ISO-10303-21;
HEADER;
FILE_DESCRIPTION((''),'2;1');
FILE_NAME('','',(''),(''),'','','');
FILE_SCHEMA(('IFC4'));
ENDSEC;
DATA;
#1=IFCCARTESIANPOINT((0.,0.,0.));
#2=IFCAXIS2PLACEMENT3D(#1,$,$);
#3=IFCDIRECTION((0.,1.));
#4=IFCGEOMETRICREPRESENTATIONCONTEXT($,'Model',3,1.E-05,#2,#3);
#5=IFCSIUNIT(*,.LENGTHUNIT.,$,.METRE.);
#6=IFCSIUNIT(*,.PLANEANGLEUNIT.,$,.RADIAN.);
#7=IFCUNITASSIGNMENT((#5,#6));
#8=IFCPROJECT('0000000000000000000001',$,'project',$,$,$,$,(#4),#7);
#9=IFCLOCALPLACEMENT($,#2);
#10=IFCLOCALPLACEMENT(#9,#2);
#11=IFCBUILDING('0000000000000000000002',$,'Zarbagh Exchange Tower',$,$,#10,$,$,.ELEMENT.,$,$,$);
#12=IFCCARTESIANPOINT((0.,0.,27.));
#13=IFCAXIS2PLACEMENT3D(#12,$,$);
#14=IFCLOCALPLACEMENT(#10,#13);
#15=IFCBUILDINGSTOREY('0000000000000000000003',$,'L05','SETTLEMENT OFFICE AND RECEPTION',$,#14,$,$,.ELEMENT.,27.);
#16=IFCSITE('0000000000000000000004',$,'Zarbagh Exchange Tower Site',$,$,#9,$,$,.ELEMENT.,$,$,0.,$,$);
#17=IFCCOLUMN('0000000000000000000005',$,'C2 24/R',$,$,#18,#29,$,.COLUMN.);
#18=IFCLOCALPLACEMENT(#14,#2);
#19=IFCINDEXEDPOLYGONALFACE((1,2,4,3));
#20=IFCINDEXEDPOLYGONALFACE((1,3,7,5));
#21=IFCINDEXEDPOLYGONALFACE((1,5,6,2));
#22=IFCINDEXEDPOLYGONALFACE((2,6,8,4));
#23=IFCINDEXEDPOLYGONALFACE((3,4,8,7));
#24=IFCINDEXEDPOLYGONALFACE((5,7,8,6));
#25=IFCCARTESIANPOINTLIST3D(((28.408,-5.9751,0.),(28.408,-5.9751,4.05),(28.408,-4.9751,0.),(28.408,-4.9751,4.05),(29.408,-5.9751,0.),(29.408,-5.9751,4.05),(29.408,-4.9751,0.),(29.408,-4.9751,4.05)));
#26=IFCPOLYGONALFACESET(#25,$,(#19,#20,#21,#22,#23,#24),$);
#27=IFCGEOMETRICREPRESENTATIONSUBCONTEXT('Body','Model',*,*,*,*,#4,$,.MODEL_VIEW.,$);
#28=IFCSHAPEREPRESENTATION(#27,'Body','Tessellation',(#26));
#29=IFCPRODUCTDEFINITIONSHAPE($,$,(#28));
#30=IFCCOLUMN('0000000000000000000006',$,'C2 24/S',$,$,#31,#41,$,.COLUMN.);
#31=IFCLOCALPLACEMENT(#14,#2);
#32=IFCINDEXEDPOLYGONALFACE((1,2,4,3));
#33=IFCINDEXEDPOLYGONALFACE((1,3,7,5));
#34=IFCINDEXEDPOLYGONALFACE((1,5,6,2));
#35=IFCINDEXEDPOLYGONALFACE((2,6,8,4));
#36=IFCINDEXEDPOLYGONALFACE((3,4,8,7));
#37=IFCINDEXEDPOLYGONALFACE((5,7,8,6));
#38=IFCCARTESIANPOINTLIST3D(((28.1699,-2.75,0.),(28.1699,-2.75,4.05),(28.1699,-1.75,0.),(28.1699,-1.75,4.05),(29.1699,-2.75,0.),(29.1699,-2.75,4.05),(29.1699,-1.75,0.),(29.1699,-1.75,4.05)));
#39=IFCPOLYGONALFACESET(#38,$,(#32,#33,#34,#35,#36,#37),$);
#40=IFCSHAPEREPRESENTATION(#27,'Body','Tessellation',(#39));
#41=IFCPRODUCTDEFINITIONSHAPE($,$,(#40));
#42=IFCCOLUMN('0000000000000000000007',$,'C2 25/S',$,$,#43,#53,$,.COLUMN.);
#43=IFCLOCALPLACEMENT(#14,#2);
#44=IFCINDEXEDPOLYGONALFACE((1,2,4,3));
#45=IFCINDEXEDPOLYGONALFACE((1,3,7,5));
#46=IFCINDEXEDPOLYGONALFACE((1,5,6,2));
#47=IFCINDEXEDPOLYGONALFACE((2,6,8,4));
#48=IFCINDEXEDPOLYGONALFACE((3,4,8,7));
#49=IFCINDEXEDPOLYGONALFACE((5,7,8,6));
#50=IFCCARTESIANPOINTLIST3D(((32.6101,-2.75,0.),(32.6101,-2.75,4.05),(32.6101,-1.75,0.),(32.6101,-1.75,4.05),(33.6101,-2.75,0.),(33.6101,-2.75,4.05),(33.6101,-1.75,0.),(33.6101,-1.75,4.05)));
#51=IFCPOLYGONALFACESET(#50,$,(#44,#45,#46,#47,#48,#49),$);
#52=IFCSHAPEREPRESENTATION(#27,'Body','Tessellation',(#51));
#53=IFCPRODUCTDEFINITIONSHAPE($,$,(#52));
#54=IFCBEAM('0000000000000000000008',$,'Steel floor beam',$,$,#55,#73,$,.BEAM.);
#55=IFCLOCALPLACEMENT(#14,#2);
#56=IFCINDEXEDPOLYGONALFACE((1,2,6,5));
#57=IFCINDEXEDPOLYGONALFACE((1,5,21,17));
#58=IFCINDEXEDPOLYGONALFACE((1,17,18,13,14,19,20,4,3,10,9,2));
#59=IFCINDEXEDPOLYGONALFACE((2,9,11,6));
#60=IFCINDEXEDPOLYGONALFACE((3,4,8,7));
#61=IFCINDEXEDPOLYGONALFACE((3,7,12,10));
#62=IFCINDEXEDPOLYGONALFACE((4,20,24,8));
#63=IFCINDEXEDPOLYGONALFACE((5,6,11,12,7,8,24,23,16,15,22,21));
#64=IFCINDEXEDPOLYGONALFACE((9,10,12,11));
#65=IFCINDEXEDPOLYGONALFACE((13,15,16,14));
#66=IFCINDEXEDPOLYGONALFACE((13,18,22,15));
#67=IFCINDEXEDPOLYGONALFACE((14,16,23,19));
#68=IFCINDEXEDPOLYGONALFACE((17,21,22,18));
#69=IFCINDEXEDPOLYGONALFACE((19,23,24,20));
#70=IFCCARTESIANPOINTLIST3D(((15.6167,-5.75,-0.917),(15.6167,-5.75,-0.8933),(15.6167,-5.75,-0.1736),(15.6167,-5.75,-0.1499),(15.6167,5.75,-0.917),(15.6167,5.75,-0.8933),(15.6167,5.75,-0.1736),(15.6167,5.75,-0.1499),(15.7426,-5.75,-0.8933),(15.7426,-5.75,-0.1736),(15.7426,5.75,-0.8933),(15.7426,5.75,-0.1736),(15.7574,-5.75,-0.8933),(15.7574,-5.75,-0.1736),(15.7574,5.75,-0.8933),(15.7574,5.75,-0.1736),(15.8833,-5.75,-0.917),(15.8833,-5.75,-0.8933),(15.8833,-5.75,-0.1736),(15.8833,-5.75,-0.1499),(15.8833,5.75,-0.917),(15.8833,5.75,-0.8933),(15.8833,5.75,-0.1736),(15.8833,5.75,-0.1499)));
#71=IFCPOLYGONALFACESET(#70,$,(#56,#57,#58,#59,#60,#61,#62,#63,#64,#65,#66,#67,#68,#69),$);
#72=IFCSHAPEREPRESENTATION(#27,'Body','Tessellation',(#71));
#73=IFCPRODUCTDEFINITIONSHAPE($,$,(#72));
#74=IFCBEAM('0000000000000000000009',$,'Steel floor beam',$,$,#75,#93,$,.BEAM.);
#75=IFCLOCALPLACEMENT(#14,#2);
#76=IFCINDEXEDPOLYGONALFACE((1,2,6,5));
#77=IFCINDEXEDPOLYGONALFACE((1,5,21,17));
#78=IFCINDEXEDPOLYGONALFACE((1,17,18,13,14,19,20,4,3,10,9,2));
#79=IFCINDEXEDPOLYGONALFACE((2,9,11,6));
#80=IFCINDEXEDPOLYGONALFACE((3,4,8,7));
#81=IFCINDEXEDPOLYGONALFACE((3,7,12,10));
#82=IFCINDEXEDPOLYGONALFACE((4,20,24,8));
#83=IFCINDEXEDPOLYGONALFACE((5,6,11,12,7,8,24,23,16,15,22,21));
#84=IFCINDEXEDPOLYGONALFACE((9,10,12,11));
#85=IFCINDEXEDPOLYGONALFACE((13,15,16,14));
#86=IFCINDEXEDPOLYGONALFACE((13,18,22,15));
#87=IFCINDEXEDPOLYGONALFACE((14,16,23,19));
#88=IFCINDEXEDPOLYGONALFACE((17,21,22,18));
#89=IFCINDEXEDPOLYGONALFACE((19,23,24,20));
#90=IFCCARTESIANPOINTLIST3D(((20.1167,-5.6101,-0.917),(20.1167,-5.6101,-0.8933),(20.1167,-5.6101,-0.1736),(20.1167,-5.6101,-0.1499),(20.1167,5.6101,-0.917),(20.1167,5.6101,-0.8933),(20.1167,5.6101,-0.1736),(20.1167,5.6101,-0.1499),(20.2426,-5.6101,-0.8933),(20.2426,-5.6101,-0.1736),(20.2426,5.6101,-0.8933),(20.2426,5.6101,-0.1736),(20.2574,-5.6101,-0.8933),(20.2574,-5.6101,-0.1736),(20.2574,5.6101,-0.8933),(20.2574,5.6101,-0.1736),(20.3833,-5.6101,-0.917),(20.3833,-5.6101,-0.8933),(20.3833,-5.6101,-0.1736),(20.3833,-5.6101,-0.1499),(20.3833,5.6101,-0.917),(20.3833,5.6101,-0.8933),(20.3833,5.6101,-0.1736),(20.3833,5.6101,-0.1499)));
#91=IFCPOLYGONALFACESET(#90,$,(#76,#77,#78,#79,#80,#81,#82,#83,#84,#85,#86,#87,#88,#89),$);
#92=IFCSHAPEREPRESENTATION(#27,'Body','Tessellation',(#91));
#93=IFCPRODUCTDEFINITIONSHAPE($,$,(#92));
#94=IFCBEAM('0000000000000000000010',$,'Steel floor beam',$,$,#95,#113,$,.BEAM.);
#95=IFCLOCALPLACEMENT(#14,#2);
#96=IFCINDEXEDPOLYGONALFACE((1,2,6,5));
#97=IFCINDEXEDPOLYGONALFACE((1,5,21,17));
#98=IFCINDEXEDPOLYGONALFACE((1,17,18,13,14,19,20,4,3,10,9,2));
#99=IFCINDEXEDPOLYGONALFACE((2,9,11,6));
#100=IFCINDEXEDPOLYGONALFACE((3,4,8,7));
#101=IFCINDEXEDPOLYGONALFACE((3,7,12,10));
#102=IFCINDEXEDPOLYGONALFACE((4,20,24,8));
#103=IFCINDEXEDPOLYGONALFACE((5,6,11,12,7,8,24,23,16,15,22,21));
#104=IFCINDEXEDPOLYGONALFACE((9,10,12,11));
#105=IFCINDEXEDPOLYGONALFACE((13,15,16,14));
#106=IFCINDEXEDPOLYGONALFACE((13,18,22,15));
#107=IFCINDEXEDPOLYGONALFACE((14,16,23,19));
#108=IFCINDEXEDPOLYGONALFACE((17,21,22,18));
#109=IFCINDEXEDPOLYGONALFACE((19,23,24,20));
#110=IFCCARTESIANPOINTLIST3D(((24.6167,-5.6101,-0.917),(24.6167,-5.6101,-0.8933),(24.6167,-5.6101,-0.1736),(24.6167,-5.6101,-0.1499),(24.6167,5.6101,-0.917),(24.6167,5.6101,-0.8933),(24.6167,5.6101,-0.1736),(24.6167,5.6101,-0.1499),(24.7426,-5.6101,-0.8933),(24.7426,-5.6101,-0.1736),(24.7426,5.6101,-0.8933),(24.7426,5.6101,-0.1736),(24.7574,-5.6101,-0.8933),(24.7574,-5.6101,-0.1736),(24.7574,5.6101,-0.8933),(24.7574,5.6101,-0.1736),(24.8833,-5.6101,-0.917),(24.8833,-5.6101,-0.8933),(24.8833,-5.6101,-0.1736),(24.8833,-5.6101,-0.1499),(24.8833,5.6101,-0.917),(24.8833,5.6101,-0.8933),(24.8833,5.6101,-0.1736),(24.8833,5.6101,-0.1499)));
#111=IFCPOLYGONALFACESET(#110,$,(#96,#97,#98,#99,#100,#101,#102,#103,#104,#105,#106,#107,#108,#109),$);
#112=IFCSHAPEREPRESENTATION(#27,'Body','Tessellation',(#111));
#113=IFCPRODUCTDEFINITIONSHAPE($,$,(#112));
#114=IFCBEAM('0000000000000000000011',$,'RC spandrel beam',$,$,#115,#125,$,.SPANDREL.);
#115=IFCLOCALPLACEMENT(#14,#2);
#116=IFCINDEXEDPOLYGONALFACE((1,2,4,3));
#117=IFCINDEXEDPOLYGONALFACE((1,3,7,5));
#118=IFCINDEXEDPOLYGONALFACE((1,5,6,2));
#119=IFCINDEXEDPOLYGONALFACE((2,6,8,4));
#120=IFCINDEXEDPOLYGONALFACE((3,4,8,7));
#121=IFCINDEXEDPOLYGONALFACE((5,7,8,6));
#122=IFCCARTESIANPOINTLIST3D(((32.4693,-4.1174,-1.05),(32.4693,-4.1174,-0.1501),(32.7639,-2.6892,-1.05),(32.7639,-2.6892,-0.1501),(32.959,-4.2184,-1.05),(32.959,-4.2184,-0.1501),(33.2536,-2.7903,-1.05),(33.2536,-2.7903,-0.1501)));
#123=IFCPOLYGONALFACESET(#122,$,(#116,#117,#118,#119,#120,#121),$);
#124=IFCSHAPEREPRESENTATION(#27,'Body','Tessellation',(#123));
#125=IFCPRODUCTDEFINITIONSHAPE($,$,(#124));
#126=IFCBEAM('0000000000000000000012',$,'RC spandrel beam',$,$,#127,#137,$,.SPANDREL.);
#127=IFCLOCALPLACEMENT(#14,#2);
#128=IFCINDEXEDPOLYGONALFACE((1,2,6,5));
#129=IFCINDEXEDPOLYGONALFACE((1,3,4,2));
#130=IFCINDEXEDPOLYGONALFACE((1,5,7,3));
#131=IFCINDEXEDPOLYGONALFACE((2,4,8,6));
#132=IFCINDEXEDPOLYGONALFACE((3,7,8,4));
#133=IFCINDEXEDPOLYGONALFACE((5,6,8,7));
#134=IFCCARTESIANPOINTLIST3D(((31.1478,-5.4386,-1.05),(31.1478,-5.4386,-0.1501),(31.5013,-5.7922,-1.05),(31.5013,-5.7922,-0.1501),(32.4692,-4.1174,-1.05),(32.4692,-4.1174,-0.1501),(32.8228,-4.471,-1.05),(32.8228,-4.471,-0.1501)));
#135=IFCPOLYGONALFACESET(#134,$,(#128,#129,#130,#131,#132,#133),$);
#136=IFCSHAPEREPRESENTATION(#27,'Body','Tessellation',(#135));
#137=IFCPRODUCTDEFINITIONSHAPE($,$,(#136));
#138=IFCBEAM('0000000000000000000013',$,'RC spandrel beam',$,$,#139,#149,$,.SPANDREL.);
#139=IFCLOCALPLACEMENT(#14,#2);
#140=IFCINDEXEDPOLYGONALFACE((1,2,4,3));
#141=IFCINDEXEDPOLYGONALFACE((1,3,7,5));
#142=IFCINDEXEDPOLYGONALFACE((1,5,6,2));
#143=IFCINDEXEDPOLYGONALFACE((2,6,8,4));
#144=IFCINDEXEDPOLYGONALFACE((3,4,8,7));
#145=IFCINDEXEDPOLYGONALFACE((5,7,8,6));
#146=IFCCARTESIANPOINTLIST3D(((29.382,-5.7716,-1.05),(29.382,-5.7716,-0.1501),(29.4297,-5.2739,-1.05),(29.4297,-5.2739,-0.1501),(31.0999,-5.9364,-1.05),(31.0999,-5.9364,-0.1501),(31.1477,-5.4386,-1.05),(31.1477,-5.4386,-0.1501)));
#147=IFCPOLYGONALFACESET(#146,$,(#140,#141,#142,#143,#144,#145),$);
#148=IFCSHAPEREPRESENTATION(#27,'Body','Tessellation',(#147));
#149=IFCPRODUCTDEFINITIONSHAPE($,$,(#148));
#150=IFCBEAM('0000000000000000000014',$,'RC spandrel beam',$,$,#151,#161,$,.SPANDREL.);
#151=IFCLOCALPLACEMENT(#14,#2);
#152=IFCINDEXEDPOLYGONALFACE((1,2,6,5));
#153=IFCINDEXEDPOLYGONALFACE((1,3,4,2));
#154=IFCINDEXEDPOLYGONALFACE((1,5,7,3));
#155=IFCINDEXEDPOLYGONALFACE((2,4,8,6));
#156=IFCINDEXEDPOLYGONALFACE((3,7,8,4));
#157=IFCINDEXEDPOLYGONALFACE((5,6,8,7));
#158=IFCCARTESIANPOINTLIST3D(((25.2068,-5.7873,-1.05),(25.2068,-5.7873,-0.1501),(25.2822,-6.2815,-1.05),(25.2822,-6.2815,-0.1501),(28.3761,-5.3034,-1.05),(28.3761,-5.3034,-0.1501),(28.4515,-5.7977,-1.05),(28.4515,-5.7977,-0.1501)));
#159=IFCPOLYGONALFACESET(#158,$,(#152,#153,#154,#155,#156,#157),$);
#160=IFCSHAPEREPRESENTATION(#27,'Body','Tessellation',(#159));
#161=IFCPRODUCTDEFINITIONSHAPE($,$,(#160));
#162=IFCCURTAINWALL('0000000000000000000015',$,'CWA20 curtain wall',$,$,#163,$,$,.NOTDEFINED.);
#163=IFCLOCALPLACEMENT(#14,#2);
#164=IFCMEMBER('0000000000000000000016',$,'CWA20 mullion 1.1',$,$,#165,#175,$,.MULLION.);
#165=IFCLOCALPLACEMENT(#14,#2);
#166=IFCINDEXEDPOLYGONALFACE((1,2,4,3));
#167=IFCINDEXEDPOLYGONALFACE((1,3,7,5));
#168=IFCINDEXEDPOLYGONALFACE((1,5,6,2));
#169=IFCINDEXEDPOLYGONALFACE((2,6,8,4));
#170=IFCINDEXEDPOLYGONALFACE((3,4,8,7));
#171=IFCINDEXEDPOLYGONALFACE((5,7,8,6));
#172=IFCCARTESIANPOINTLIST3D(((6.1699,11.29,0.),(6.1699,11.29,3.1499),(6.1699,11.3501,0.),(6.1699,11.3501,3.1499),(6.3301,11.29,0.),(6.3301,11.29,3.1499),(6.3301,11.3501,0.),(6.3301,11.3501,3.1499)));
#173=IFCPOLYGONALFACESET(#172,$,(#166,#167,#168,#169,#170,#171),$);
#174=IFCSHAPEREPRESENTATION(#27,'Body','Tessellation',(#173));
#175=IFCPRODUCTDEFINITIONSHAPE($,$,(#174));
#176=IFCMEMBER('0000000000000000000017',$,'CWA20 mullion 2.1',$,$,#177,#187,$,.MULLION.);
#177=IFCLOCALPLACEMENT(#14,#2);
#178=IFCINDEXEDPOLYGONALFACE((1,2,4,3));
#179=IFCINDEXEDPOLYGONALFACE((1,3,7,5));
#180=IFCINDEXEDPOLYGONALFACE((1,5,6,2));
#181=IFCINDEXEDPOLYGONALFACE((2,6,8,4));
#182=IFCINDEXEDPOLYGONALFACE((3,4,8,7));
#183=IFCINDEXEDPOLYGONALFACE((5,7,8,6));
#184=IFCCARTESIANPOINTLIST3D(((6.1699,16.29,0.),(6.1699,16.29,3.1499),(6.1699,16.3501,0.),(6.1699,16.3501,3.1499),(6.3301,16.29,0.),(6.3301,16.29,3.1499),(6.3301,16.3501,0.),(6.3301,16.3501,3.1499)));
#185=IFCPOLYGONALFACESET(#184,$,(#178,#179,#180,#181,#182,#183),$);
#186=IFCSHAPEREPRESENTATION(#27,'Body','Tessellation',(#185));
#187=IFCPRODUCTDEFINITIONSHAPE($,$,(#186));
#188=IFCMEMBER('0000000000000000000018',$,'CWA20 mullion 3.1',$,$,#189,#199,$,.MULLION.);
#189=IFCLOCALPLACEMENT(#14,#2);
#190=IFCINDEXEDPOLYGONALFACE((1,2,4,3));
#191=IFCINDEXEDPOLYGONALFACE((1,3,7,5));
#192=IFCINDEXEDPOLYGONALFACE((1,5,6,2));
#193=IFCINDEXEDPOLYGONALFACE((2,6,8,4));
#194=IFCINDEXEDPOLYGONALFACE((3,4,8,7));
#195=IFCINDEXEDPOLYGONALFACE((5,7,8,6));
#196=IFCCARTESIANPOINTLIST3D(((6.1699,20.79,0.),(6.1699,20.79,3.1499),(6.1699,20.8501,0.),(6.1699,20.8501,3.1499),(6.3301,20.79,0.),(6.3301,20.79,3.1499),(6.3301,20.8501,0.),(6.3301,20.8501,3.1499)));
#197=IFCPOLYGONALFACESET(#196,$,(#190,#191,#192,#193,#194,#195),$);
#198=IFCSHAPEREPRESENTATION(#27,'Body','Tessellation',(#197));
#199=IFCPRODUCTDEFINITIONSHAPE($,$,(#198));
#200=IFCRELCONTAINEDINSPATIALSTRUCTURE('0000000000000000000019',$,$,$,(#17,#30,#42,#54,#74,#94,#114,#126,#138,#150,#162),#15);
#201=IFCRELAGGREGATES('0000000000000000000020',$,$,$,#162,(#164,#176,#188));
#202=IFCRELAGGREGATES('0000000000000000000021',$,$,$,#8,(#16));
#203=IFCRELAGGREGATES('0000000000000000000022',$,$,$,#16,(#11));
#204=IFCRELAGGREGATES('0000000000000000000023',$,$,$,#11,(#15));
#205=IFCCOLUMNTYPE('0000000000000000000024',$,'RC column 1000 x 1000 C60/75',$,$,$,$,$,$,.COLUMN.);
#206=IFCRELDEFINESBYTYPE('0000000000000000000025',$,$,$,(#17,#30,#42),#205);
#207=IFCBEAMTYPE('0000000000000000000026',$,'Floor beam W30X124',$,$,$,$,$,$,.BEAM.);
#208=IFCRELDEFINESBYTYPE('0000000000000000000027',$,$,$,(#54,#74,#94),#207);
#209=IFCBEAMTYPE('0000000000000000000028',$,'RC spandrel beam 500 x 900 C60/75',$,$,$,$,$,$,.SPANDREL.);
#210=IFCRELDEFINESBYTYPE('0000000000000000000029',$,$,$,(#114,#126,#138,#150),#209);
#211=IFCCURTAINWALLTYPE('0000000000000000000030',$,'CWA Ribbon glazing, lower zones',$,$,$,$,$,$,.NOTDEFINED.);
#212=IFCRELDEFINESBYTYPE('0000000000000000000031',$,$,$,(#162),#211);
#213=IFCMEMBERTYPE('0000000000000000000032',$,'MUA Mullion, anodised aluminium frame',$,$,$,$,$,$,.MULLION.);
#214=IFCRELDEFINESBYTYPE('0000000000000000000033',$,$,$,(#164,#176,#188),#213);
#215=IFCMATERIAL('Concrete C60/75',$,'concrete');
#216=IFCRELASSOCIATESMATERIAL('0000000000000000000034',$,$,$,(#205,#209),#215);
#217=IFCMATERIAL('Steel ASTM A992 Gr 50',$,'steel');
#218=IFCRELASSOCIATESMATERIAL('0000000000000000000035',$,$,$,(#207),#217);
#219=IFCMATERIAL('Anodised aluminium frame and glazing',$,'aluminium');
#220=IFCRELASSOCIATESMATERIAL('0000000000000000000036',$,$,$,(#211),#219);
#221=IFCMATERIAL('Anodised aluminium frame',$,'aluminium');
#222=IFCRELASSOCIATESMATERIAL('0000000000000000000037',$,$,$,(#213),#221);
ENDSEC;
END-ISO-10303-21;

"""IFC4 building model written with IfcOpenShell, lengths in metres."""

from ifc_helpers import new_model, si_unit, direction, frame, origin, origin_2d, place, context, subcontext, project, spatial, polyline, rectangle, i_section, outline, extrude, source, transform, mapped, material, material_profile, profile_set, type_object, element, aggregate, save


model = new_model("IFC4")

# Units and contexts
model_context = context("Model", 3, precision=1e-05, world=origin(), true_north=direction((0.0, 1.0)))
body_context = subcontext(model_context, "Body", "Model", "MODEL_VIEW")
ifc_project = project(units=[si_unit("LENGTHUNIT", "METRE"), si_unit("PLANEANGLEUNIT", "RADIAN")], contexts=[model_context])

# Site, building, storey
site_placement = place(None, origin())
site = spatial("IfcSite", under=ifc_project, at=site_placement, Name="Zarbagh Exchange Tower Site", CompositionType="ELEMENT", RefElevation=0.0)
building_placement = place(site_placement, origin())
building = spatial("IfcBuilding", under=site, at=building_placement, Name="Zarbagh Exchange Tower", CompositionType="ELEMENT")
storey_placement = place(building_placement, frame((0.0, 0.0, 27.0)))
storey = spatial("IfcBuildingStorey", under=building, at=storey_placement, Name="L05", Description="SETTLEMENT OFFICE AND RECEPTION", CompositionType="ELEMENT", Elevation=27.0)

# Columns
ifc_material_1 = material(Name="Concrete C60/75", Category="concrete")
ifc_material_profile_1 = material_profile(ifc_material_1, rectangle(XDim=1.0, YDim=1.0, at=origin_2d()), Name="RC column 1000 x 1000 C60/75")
ifc_profile_set_1 = profile_set([ifc_material_profile_1], Name="Concrete C60/75")
column_type = type_object("IfcColumnType", Name="RC column 1000 x 1000 C60/75", PredefinedType="COLUMN", material=ifc_profile_set_1)
for number, where, z_axis, x_axis, name in (
    (1, (28.908, -5.4751, 0.0), (0.0, 0.0, 1.0), (1.0, 0.0, 0.0), "C2 24/R"),
    (2, (28.6699, -2.25, 0.0), (0.0, 0.0, 1.0), (1.0, 0.0, 0.0), "C2 24/S"),
    (3, (33.1101, -2.25, 0.0), (0.0, 0.0, 1.0), (1.0, 0.0, 0.0), "C2 25/S"),
):
    element("IfcColumn", number, at=place(storey_placement, frame(where, z_axis=z_axis, x_axis=x_axis)), inside=storey, type_object=column_type, Name=name, PredefinedType="COLUMN", context=body_context, shape_type="SweptSolid", body=[
        extrude(rectangle(XDim=1.0, YDim=1.0, at=origin_2d()), origin(), (0.0, 0.0, 1.0), 4.05),
    ])

# Beams
ifc_material_2 = material(Name="Steel ASTM A992 Gr 50", Category="steel")
ifc_material_profile_2 = material_profile(ifc_material_2, i_section(OverallWidth=0.2666, OverallDepth=0.7671, WebThickness=0.0149, FlangeThickness=0.0237, at=origin_2d()), Name="W30X124")
ifc_profile_set_2 = profile_set([ifc_material_profile_2], Name="Steel ASTM A992 Gr 50")
beam_type_1 = type_object("IfcBeamType", Name="Floor beam W30X124", PredefinedType="BEAM", material=ifc_profile_set_2)
beam_1_placement = place(storey_placement, frame((15.75, -5.75, -0.5334), z_axis=(0.0, 1.0, 0.0), x_axis=(-1.0, 0.0, 0.0)))
element("IfcBeam", 4, at=beam_1_placement, inside=storey, type_object=beam_type_1, Name="Steel floor beam", PredefinedType="BEAM", context=body_context, shape_type="SweptSolid", body=[
    extrude(i_section(OverallWidth=0.2666, OverallDepth=0.7671, WebThickness=0.0149, FlangeThickness=0.0237, at=origin_2d()), origin(), (0.0, 0.0, 1.0), 11.5),
])
for number, where, z_axis, x_axis, name in (
    (5, (20.25, -5.6101, -0.5334), (0.0, 1.0, 0.0), (-1.0, 0.0, 0.0), "Steel floor beam"),
    (6, (24.75, -5.6101, -0.5334), (0.0, 1.0, 0.0), (-1.0, 0.0, 0.0), "Steel floor beam"),
):
    element("IfcBeam", number, at=place(storey_placement, frame(where, z_axis=z_axis, x_axis=x_axis)), inside=storey, type_object=beam_type_1, Name=name, PredefinedType="BEAM", context=body_context, shape_type="SweptSolid", body=[
        extrude(i_section(OverallWidth=0.2666, OverallDepth=0.7671, WebThickness=0.0149, FlangeThickness=0.0237, at=origin_2d()), origin(), (0.0, 0.0, 1.0), 11.2202),
    ])
ifc_material_profile_3 = material_profile(ifc_material_1, rectangle(XDim=0.5, YDim=0.8999, at=origin_2d()), Name="RC spandrel beam 500 x 900 C60/75")
ifc_profile_set_3 = profile_set([ifc_material_profile_3], Name="Concrete C60/75")
beam_type_2 = type_object("IfcBeamType", Name="RC spandrel beam 500 x 900 C60/75", PredefinedType="SPANDREL", material=ifc_profile_set_3)
beam_2_placement = place(storey_placement, frame((33.0088, -2.7397, -0.6001), z_axis=(-0.202069, -0.979371, 0.0), x_axis=(0.979371, -0.202069, 0.0)))
element("IfcBeam", 7, at=beam_2_placement, inside=storey, type_object=beam_type_2, Name="RC spandrel beam", PredefinedType="SPANDREL", context=body_context, shape_type="SweptSolid", body=[
    extrude(rectangle(XDim=0.5, YDim=0.8999, at=origin_2d()), origin(), (0.0, 0.0, 1.0), 1.4583),
])
beam_3_placement = place(storey_placement, frame((32.646, -4.2942, -0.6001), z_axis=(-0.707172, -0.707041, 0.0), x_axis=(0.707041, -0.707172, 0.0)))
element("IfcBeam", 8, at=beam_3_placement, inside=storey, type_object=beam_type_2, Name="RC spandrel beam", PredefinedType="SPANDREL", context=body_context, shape_type="SweptSolid", body=[
    extrude(rectangle(XDim=0.5, YDim=0.8999, at=origin_2d()), origin(), (0.0, 0.0, 1.0), 1.8687),
])
beam_4_placement = place(storey_placement, frame((31.1238, -5.6875, -0.6001), z_axis=(-0.995431, 0.095483, 0.0), x_axis=(-0.095483, -0.995431, 0.0)))
element("IfcBeam", 9, at=beam_4_placement, inside=storey, type_object=beam_type_2, Name="RC spandrel beam", PredefinedType="SPANDREL", context=body_context, shape_type="SweptSolid", body=[
    extrude(rectangle(XDim=0.5, YDim=0.8999, at=origin_2d()), origin(), (0.0, 0.0, 1.0), 1.7258),
])
beam_5_placement = place(storey_placement, frame((28.4138, -5.5505, -0.6001), z_axis=(-0.988545, -0.150924, 0.0), x_axis=(0.150924, -0.988545, 0.0)))
element("IfcBeam", 10, at=beam_5_placement, inside=storey, type_object=beam_type_2, Name="RC spandrel beam", PredefinedType="SPANDREL", context=body_context, shape_type="SweptSolid", body=[
    extrude(rectangle(XDim=0.5, YDim=0.8999, at=origin_2d()), origin(), (0.0, 0.0, 1.0), 3.2061),
])

# Curtain wall, members
ifc_material_3 = material(Name="Anodised aluminium frame and glazing", Category="aluminium")
curtain_wall_type = type_object("IfcCurtainWallType", Name="CWA Ribbon glazing, lower zones", PredefinedType="NOTDEFINED", material=ifc_material_3)
curtain_wall_1_placement = place(storey_placement, origin())
curtain_wall_1 = element("IfcCurtainWall", 11, at=curtain_wall_1_placement, inside=storey, type_object=curtain_wall_type, Name="CWA20 curtain wall", PredefinedType="NOTDEFINED")
ifc_material_4 = material(Name="Anodised aluminium frame", Category="aluminium")
member_type_1 = type_object("IfcMemberType", Name="MUA Mullion, anodised aluminium frame", PredefinedType="MULLION", material=ifc_material_4)
shared_shape_1 = source(origin(), body_context, "Body", "SweptSolid", [
    extrude(outline(polyline([(0.0, -0.0801), (0.0601, -0.0801), (0.0601, 0.0801), (0.0, 0.0801), (0.0, -0.0801)])), origin(), (0.0, 0.0, 1.0), 3.1499),
])
placement = place(storey_placement, origin())
member_1 = element("IfcMember", 12, at=placement, type_object=member_type_1, Name="CWA20 mullion 1.1", PredefinedType="MULLION", context=body_context, shape_type="MappedRepresentation", body=[
    mapped(shared_shape_1, transform((6.25, 11.29, 0.0), x_axis=(0.0, 1.0, 0.0), y_axis=(-1.0, 0.0, 0.0), z_axis=(0.0, 0.0, 1.0))),
])
member_2 = element("IfcMember", 13, at=placement, type_object=member_type_1, Name="CWA20 mullion 2.1", PredefinedType="MULLION", context=body_context, shape_type="MappedRepresentation", body=[
    mapped(shared_shape_1, transform((6.25, 16.29, 0.0), x_axis=(0.0, 1.0, 0.0), y_axis=(-1.0, 0.0, 0.0), z_axis=(0.0, 0.0, 1.0))),
])
member_3 = element("IfcMember", 14, at=placement, type_object=member_type_1, Name="CWA20 mullion 3.1", PredefinedType="MULLION", context=body_context, shape_type="MappedRepresentation", body=[
    mapped(shared_shape_1, transform((6.25, 20.79, 0.0), x_axis=(0.0, 1.0, 0.0), y_axis=(-1.0, 0.0, 0.0), z_axis=(0.0, 0.0, 1.0))),
])

aggregate(curtain_wall_1, [member_1, member_2, member_3])

save(model, "model.ifc")
